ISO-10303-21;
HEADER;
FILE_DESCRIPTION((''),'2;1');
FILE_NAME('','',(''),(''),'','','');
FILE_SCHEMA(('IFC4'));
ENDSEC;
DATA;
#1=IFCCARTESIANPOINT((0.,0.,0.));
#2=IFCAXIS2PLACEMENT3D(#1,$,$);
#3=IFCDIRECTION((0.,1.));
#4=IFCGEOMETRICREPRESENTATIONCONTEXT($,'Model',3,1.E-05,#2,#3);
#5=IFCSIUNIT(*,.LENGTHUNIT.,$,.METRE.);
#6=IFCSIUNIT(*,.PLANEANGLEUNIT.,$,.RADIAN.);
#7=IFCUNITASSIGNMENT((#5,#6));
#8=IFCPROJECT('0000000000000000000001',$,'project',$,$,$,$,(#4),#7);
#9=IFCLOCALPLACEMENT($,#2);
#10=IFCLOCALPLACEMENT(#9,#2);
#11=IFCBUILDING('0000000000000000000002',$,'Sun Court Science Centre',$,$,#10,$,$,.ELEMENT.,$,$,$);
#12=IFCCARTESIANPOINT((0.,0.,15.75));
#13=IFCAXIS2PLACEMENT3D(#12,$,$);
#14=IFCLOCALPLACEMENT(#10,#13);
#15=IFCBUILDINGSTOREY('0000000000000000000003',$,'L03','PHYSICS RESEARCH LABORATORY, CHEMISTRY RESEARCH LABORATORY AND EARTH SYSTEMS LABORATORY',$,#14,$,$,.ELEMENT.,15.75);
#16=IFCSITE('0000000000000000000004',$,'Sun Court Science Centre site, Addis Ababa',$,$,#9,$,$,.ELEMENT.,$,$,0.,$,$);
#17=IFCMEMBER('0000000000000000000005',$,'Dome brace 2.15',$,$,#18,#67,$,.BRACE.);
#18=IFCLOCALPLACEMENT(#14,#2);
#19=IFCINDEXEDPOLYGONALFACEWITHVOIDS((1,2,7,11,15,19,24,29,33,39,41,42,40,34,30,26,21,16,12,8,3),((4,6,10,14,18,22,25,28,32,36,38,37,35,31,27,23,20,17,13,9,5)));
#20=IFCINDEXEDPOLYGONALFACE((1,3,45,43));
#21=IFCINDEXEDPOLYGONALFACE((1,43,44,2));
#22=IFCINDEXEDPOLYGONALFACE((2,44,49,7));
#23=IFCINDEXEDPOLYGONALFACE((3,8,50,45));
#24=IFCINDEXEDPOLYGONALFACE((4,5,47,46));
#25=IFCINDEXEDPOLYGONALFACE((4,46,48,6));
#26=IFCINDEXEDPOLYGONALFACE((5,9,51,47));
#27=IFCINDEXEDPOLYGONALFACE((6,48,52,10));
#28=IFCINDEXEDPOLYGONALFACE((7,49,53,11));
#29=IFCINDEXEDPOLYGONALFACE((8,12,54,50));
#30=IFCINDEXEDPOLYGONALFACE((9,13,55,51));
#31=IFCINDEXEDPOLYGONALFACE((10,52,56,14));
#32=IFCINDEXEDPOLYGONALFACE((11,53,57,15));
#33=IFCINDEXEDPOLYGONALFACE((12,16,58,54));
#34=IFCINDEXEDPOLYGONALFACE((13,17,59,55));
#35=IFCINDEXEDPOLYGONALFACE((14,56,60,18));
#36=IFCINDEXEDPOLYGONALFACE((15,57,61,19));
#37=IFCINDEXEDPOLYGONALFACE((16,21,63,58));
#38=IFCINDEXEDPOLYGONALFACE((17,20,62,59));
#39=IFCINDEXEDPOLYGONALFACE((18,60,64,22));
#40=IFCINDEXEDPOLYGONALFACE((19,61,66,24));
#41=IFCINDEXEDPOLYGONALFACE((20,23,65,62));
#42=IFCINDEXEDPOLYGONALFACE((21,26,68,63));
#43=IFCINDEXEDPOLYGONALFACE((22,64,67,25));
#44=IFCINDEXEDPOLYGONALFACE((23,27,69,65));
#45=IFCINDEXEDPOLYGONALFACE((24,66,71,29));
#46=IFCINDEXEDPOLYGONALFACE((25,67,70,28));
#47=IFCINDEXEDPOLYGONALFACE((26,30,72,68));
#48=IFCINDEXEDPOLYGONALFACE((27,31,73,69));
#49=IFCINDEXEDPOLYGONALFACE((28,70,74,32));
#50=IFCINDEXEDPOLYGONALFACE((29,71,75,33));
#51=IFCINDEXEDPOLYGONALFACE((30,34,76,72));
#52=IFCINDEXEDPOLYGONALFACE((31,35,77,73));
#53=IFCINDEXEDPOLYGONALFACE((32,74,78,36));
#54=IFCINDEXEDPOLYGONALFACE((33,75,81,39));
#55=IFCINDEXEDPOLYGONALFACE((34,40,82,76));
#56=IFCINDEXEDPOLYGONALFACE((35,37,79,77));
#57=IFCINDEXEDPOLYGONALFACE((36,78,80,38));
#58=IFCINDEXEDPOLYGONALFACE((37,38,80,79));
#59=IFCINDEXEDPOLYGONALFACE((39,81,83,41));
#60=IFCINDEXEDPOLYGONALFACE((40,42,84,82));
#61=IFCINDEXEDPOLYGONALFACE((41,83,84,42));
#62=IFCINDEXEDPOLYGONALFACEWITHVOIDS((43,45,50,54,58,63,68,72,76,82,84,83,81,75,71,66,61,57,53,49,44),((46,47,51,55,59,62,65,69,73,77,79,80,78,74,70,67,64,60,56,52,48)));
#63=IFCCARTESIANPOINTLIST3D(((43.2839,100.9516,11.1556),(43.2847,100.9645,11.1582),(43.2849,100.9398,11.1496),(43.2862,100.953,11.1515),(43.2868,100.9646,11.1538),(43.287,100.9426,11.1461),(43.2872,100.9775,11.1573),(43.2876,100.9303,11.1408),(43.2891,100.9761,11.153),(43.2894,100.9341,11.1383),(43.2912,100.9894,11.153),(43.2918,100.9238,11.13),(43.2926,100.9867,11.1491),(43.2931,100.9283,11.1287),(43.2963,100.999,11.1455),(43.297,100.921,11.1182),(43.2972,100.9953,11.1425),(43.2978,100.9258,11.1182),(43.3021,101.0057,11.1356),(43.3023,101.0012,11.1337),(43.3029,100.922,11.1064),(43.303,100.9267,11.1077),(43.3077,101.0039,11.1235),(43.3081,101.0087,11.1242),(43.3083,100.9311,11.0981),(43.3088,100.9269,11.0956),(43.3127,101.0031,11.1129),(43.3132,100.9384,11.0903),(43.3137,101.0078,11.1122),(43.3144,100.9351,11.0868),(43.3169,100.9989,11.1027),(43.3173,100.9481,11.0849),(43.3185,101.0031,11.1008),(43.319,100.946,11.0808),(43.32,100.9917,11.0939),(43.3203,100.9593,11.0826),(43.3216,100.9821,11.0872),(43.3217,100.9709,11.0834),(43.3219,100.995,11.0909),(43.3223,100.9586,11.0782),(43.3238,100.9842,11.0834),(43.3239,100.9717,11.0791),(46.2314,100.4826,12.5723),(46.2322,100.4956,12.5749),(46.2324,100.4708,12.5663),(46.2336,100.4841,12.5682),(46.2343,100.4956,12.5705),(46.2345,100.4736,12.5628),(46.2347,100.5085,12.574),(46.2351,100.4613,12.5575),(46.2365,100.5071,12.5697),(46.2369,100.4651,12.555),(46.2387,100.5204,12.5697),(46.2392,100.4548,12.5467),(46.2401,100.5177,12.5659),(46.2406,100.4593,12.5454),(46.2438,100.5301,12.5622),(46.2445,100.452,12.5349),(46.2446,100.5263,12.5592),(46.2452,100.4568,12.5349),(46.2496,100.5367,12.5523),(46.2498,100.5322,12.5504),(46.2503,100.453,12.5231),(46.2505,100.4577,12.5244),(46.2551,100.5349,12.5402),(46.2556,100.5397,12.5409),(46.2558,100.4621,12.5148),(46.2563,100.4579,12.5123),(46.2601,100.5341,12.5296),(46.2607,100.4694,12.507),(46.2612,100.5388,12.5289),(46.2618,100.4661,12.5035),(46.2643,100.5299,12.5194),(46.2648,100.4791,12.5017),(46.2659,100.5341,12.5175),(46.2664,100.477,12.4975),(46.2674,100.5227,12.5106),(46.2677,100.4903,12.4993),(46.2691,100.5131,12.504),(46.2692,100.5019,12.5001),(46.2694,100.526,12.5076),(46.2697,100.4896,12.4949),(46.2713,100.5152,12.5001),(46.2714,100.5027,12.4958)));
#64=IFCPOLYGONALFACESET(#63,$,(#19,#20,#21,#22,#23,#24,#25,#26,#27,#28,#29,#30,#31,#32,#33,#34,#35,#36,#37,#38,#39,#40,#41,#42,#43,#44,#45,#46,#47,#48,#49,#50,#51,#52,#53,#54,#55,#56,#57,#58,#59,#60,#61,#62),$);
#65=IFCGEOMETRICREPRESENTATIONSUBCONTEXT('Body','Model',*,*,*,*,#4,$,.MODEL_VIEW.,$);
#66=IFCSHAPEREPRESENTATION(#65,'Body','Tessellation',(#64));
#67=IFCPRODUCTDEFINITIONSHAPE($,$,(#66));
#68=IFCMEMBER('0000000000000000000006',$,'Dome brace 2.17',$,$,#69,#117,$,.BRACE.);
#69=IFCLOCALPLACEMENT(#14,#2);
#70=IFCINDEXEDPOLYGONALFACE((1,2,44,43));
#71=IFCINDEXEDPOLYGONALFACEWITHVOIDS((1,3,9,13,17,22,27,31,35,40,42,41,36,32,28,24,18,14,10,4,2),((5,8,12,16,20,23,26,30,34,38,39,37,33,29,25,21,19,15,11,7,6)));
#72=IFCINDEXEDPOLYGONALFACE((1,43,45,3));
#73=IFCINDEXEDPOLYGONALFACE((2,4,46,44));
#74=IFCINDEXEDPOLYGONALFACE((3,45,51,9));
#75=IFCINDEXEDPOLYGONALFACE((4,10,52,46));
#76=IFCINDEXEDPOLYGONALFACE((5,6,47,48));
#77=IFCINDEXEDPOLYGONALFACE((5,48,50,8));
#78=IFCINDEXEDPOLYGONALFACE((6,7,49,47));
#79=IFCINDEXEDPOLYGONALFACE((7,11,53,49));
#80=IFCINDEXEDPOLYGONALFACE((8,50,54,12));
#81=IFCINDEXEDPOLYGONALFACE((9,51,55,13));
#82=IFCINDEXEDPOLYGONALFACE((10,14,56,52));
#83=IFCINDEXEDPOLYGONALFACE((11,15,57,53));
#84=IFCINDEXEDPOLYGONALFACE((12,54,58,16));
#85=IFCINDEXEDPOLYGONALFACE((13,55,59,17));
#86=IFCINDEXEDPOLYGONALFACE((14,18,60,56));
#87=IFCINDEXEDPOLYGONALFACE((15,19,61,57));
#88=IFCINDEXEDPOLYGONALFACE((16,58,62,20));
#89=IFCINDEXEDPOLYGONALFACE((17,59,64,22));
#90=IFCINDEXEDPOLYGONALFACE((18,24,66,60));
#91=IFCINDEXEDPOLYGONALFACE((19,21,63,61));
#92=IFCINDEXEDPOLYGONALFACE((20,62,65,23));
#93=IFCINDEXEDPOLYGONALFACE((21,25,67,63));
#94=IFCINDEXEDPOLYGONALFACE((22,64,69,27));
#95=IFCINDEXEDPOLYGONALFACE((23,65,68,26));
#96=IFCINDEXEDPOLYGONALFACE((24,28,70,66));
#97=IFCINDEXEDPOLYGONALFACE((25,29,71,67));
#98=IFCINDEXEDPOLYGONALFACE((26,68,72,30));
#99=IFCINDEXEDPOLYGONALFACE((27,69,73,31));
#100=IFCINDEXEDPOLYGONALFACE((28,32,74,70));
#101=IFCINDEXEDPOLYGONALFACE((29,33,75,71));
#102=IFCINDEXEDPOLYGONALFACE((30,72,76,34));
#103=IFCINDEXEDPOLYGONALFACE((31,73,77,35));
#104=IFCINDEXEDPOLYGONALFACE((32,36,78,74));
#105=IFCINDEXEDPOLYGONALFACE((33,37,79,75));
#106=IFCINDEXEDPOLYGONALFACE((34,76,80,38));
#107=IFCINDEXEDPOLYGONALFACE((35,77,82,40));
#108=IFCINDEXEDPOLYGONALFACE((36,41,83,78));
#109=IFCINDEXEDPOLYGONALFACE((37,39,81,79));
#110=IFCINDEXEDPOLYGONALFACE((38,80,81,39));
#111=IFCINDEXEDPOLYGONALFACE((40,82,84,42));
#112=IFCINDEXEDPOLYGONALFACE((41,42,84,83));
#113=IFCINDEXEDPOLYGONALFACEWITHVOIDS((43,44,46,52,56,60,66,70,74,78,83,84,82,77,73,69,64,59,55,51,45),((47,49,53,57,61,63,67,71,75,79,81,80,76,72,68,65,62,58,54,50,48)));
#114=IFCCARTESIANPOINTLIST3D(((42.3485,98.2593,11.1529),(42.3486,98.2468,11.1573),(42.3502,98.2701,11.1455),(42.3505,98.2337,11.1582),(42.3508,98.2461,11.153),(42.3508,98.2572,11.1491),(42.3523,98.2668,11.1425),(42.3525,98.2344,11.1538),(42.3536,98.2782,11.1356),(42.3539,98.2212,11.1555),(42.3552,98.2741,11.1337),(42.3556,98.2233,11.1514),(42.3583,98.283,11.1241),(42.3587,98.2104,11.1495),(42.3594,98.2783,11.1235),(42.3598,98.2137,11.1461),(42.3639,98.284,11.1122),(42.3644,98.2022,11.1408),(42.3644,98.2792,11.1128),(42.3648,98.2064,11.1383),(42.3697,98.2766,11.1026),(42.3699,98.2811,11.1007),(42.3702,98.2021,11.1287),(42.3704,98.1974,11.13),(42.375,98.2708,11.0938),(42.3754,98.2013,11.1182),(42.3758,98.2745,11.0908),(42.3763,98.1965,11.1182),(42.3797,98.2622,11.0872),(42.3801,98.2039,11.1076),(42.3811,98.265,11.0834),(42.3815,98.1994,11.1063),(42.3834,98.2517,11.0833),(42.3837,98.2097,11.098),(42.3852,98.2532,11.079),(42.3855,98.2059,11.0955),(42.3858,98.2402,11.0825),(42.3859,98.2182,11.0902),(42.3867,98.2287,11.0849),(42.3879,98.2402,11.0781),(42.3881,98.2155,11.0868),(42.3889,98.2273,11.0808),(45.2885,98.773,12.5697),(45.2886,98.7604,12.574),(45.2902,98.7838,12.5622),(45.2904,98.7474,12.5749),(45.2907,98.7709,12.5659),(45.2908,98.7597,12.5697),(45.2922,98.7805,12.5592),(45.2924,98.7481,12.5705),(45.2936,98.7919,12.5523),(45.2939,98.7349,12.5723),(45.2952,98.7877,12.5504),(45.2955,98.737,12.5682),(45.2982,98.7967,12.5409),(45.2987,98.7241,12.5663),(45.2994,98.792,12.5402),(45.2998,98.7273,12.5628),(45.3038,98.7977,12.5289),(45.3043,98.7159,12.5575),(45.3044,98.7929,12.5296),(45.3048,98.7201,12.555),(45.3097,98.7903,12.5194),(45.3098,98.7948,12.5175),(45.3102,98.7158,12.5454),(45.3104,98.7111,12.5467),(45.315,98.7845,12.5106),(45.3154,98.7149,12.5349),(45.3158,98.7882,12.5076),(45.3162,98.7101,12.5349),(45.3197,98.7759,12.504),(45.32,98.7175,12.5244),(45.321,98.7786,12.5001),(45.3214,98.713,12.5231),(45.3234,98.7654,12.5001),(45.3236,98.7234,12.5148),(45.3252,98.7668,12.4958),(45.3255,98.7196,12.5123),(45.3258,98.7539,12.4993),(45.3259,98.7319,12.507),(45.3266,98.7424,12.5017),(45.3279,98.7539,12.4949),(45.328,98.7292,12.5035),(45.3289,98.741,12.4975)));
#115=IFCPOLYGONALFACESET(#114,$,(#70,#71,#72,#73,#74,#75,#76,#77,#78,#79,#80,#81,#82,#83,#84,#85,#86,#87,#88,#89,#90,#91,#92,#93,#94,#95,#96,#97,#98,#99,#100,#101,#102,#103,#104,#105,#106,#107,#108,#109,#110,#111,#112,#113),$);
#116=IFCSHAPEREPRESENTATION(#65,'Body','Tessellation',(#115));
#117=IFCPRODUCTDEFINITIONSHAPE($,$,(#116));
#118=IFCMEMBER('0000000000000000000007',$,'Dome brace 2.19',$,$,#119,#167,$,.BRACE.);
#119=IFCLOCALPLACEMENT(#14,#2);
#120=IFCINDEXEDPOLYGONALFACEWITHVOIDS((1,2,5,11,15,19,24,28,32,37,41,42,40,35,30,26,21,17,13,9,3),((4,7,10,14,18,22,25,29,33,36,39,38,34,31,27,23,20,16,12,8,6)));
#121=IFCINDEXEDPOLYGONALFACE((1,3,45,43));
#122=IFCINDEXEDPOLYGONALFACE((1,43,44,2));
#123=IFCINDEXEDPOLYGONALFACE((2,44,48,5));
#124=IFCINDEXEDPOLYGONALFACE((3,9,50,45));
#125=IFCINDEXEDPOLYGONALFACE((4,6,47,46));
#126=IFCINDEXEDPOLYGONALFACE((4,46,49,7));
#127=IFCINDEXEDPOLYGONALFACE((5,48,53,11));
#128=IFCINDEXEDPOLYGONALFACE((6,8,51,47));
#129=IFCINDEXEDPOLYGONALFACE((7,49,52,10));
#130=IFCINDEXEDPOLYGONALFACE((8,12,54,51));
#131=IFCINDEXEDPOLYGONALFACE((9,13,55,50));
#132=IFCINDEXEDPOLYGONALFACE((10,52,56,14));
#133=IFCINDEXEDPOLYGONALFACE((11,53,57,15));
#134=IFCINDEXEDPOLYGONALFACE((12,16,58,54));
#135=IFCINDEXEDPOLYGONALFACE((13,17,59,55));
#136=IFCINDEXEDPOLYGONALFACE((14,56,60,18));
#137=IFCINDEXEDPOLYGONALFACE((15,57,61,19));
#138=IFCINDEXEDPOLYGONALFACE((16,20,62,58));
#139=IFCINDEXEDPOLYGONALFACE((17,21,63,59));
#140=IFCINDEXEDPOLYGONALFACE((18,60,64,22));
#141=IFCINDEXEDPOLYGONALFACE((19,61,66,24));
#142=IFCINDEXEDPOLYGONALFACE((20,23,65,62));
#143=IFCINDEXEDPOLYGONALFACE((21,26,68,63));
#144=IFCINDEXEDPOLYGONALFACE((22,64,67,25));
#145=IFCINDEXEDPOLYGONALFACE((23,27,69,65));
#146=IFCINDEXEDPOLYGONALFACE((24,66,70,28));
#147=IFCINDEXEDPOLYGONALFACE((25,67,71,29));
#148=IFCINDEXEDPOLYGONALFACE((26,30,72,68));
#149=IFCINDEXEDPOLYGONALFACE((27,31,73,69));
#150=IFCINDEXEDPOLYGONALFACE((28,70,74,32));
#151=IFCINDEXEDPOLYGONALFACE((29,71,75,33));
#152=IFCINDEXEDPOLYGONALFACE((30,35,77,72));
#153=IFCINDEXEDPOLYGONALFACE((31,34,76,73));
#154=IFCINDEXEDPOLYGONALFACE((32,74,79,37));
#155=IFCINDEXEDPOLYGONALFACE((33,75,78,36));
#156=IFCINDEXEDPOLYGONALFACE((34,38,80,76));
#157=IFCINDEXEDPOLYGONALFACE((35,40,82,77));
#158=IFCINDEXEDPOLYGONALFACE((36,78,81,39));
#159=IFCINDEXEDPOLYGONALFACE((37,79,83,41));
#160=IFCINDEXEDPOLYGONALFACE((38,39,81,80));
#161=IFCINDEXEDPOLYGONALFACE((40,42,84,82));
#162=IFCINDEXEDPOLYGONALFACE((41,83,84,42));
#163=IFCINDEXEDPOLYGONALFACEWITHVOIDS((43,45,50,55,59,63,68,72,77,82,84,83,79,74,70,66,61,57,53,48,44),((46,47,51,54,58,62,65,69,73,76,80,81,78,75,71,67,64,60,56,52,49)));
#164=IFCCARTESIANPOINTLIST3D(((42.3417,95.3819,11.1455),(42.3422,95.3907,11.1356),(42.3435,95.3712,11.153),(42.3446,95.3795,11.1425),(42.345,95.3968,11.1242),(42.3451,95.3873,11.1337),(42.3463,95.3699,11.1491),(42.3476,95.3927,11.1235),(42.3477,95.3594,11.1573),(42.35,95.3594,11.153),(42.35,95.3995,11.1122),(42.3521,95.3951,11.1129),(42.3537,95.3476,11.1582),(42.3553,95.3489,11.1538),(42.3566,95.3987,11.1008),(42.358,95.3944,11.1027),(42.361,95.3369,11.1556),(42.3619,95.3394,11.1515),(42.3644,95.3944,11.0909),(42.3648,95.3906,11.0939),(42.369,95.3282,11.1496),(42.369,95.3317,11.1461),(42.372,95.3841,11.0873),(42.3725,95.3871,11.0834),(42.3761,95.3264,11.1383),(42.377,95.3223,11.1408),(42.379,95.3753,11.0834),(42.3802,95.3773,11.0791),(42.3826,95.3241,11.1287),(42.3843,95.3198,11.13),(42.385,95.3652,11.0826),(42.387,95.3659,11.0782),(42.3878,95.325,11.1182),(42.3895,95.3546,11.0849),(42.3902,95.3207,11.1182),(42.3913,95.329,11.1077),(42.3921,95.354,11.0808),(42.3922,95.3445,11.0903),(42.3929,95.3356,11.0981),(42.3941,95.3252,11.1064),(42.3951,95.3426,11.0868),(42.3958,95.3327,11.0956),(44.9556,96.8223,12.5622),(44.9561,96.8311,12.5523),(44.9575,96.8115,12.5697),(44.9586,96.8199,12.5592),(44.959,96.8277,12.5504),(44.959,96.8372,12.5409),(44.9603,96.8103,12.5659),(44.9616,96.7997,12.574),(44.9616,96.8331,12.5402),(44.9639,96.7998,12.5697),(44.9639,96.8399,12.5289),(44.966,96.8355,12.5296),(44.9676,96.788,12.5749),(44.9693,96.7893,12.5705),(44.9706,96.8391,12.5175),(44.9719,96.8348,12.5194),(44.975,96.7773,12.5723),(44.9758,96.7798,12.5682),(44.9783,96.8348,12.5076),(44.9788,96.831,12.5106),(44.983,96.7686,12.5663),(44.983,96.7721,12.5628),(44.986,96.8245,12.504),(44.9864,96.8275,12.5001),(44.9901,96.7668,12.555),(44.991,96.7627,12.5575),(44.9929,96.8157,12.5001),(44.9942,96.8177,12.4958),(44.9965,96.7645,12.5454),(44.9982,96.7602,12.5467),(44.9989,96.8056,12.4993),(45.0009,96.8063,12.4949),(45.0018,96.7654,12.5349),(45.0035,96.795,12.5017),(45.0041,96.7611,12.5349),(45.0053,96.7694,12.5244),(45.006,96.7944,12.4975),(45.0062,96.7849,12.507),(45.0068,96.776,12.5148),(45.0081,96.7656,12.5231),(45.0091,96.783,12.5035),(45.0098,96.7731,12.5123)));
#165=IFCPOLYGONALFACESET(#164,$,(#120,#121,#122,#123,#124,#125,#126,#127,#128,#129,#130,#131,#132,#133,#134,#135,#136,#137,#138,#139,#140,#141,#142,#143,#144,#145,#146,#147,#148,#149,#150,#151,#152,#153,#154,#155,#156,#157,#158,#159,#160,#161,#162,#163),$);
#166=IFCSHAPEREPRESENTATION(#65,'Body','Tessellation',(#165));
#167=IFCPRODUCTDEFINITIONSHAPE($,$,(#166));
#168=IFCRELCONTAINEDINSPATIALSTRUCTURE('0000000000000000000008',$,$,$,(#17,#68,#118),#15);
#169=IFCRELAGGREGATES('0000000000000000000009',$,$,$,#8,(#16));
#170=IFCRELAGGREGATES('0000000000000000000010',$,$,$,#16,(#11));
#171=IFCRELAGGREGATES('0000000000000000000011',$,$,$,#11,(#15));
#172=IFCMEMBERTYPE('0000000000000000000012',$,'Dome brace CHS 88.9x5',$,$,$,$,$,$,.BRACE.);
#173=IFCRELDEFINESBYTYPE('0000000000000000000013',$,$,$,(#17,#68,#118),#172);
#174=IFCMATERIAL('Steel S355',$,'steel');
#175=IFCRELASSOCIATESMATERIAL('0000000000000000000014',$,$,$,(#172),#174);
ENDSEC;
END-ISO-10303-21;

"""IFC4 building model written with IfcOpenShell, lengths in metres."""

from ifc_helpers import new_model, si_unit, direction, frame, origin, origin_2d, place, context, subcontext, project, spatial, hollow_circle, extrude, material, material_profile, profile_set, type_object, element, save


model = new_model("IFC4")

# Units and contexts
model_context = context("Model", 3, precision=1e-05, world=origin(), true_north=direction((0.0, 1.0)))
body_context = subcontext(model_context, "Body", "Model", "MODEL_VIEW")
ifc_project = project(units=[si_unit("LENGTHUNIT", "METRE"), si_unit("PLANEANGLEUNIT", "RADIAN")], contexts=[model_context])

# Site, building, storey
site_placement = place(None, origin())
site = spatial("IfcSite", under=ifc_project, at=site_placement, Name="Sun Court Science Centre site, Addis Ababa", CompositionType="ELEMENT", RefElevation=0.0)
building_placement = place(site_placement, origin())
building = spatial("IfcBuilding", under=site, at=building_placement, Name="Sun Court Science Centre", CompositionType="ELEMENT")
storey_placement = place(building_placement, frame((0.0, 0.0, 15.75)))
storey = spatial("IfcBuildingStorey", under=building, at=storey_placement, Name="L03", Description="PHYSICS RESEARCH LABORATORY, CHEMISTRY RESEARCH LABORATORY AND EARTH SYSTEMS LABORATORY", CompositionType="ELEMENT", Elevation=15.75)

# Members
ifc_material_1 = material(Name="Steel S355", Category="steel")
ifc_material_profile_1 = material_profile(ifc_material_1, hollow_circle(Radius=0.0444, WallThickness=0.0049, at=origin_2d()), Name="CHS 88.9x5")
ifc_profile_set_1 = profile_set([ifc_material_profile_1], Name="Steel S355")
member_type_1 = type_object("IfcMemberType", Name="Dome brace CHS 88.9x5", PredefinedType="BRACE", material=ifc_profile_set_1)
for number, where, z_axis, x_axis, name in (
    (1, (46.2515, 100.4958, 12.5349), (-0.892164, 0.141957, -0.428827), (-0.157139, -0.987577, 0.0), "Dome brace 2.15"),
    (2, (45.3086, 98.7539, 12.5349), (-0.889899, -0.155485, -0.42884), (0.172114, -0.985077, 0.0), "Dome brace 2.17"),
    (3, (44.9827, 96.8, 12.5349), (-0.791215, -0.435992, -0.428824), (0.482619, -0.87583, 0.0), "Dome brace 2.19"),
):
    element("IfcMember", number, at=place(storey_placement, frame(where, z_axis=z_axis, x_axis=x_axis)), inside=storey, type_object=member_type_1, Name=name, PredefinedType="BRACE", context=body_context, shape_type="SweptSolid", body=[
        extrude(hollow_circle(Radius=0.0444, WallThickness=0.0049, at=origin_2d()), origin(), (0.0, 0.0, 1.0), 3.3037),
    ])

save(model, "model.ifc")
